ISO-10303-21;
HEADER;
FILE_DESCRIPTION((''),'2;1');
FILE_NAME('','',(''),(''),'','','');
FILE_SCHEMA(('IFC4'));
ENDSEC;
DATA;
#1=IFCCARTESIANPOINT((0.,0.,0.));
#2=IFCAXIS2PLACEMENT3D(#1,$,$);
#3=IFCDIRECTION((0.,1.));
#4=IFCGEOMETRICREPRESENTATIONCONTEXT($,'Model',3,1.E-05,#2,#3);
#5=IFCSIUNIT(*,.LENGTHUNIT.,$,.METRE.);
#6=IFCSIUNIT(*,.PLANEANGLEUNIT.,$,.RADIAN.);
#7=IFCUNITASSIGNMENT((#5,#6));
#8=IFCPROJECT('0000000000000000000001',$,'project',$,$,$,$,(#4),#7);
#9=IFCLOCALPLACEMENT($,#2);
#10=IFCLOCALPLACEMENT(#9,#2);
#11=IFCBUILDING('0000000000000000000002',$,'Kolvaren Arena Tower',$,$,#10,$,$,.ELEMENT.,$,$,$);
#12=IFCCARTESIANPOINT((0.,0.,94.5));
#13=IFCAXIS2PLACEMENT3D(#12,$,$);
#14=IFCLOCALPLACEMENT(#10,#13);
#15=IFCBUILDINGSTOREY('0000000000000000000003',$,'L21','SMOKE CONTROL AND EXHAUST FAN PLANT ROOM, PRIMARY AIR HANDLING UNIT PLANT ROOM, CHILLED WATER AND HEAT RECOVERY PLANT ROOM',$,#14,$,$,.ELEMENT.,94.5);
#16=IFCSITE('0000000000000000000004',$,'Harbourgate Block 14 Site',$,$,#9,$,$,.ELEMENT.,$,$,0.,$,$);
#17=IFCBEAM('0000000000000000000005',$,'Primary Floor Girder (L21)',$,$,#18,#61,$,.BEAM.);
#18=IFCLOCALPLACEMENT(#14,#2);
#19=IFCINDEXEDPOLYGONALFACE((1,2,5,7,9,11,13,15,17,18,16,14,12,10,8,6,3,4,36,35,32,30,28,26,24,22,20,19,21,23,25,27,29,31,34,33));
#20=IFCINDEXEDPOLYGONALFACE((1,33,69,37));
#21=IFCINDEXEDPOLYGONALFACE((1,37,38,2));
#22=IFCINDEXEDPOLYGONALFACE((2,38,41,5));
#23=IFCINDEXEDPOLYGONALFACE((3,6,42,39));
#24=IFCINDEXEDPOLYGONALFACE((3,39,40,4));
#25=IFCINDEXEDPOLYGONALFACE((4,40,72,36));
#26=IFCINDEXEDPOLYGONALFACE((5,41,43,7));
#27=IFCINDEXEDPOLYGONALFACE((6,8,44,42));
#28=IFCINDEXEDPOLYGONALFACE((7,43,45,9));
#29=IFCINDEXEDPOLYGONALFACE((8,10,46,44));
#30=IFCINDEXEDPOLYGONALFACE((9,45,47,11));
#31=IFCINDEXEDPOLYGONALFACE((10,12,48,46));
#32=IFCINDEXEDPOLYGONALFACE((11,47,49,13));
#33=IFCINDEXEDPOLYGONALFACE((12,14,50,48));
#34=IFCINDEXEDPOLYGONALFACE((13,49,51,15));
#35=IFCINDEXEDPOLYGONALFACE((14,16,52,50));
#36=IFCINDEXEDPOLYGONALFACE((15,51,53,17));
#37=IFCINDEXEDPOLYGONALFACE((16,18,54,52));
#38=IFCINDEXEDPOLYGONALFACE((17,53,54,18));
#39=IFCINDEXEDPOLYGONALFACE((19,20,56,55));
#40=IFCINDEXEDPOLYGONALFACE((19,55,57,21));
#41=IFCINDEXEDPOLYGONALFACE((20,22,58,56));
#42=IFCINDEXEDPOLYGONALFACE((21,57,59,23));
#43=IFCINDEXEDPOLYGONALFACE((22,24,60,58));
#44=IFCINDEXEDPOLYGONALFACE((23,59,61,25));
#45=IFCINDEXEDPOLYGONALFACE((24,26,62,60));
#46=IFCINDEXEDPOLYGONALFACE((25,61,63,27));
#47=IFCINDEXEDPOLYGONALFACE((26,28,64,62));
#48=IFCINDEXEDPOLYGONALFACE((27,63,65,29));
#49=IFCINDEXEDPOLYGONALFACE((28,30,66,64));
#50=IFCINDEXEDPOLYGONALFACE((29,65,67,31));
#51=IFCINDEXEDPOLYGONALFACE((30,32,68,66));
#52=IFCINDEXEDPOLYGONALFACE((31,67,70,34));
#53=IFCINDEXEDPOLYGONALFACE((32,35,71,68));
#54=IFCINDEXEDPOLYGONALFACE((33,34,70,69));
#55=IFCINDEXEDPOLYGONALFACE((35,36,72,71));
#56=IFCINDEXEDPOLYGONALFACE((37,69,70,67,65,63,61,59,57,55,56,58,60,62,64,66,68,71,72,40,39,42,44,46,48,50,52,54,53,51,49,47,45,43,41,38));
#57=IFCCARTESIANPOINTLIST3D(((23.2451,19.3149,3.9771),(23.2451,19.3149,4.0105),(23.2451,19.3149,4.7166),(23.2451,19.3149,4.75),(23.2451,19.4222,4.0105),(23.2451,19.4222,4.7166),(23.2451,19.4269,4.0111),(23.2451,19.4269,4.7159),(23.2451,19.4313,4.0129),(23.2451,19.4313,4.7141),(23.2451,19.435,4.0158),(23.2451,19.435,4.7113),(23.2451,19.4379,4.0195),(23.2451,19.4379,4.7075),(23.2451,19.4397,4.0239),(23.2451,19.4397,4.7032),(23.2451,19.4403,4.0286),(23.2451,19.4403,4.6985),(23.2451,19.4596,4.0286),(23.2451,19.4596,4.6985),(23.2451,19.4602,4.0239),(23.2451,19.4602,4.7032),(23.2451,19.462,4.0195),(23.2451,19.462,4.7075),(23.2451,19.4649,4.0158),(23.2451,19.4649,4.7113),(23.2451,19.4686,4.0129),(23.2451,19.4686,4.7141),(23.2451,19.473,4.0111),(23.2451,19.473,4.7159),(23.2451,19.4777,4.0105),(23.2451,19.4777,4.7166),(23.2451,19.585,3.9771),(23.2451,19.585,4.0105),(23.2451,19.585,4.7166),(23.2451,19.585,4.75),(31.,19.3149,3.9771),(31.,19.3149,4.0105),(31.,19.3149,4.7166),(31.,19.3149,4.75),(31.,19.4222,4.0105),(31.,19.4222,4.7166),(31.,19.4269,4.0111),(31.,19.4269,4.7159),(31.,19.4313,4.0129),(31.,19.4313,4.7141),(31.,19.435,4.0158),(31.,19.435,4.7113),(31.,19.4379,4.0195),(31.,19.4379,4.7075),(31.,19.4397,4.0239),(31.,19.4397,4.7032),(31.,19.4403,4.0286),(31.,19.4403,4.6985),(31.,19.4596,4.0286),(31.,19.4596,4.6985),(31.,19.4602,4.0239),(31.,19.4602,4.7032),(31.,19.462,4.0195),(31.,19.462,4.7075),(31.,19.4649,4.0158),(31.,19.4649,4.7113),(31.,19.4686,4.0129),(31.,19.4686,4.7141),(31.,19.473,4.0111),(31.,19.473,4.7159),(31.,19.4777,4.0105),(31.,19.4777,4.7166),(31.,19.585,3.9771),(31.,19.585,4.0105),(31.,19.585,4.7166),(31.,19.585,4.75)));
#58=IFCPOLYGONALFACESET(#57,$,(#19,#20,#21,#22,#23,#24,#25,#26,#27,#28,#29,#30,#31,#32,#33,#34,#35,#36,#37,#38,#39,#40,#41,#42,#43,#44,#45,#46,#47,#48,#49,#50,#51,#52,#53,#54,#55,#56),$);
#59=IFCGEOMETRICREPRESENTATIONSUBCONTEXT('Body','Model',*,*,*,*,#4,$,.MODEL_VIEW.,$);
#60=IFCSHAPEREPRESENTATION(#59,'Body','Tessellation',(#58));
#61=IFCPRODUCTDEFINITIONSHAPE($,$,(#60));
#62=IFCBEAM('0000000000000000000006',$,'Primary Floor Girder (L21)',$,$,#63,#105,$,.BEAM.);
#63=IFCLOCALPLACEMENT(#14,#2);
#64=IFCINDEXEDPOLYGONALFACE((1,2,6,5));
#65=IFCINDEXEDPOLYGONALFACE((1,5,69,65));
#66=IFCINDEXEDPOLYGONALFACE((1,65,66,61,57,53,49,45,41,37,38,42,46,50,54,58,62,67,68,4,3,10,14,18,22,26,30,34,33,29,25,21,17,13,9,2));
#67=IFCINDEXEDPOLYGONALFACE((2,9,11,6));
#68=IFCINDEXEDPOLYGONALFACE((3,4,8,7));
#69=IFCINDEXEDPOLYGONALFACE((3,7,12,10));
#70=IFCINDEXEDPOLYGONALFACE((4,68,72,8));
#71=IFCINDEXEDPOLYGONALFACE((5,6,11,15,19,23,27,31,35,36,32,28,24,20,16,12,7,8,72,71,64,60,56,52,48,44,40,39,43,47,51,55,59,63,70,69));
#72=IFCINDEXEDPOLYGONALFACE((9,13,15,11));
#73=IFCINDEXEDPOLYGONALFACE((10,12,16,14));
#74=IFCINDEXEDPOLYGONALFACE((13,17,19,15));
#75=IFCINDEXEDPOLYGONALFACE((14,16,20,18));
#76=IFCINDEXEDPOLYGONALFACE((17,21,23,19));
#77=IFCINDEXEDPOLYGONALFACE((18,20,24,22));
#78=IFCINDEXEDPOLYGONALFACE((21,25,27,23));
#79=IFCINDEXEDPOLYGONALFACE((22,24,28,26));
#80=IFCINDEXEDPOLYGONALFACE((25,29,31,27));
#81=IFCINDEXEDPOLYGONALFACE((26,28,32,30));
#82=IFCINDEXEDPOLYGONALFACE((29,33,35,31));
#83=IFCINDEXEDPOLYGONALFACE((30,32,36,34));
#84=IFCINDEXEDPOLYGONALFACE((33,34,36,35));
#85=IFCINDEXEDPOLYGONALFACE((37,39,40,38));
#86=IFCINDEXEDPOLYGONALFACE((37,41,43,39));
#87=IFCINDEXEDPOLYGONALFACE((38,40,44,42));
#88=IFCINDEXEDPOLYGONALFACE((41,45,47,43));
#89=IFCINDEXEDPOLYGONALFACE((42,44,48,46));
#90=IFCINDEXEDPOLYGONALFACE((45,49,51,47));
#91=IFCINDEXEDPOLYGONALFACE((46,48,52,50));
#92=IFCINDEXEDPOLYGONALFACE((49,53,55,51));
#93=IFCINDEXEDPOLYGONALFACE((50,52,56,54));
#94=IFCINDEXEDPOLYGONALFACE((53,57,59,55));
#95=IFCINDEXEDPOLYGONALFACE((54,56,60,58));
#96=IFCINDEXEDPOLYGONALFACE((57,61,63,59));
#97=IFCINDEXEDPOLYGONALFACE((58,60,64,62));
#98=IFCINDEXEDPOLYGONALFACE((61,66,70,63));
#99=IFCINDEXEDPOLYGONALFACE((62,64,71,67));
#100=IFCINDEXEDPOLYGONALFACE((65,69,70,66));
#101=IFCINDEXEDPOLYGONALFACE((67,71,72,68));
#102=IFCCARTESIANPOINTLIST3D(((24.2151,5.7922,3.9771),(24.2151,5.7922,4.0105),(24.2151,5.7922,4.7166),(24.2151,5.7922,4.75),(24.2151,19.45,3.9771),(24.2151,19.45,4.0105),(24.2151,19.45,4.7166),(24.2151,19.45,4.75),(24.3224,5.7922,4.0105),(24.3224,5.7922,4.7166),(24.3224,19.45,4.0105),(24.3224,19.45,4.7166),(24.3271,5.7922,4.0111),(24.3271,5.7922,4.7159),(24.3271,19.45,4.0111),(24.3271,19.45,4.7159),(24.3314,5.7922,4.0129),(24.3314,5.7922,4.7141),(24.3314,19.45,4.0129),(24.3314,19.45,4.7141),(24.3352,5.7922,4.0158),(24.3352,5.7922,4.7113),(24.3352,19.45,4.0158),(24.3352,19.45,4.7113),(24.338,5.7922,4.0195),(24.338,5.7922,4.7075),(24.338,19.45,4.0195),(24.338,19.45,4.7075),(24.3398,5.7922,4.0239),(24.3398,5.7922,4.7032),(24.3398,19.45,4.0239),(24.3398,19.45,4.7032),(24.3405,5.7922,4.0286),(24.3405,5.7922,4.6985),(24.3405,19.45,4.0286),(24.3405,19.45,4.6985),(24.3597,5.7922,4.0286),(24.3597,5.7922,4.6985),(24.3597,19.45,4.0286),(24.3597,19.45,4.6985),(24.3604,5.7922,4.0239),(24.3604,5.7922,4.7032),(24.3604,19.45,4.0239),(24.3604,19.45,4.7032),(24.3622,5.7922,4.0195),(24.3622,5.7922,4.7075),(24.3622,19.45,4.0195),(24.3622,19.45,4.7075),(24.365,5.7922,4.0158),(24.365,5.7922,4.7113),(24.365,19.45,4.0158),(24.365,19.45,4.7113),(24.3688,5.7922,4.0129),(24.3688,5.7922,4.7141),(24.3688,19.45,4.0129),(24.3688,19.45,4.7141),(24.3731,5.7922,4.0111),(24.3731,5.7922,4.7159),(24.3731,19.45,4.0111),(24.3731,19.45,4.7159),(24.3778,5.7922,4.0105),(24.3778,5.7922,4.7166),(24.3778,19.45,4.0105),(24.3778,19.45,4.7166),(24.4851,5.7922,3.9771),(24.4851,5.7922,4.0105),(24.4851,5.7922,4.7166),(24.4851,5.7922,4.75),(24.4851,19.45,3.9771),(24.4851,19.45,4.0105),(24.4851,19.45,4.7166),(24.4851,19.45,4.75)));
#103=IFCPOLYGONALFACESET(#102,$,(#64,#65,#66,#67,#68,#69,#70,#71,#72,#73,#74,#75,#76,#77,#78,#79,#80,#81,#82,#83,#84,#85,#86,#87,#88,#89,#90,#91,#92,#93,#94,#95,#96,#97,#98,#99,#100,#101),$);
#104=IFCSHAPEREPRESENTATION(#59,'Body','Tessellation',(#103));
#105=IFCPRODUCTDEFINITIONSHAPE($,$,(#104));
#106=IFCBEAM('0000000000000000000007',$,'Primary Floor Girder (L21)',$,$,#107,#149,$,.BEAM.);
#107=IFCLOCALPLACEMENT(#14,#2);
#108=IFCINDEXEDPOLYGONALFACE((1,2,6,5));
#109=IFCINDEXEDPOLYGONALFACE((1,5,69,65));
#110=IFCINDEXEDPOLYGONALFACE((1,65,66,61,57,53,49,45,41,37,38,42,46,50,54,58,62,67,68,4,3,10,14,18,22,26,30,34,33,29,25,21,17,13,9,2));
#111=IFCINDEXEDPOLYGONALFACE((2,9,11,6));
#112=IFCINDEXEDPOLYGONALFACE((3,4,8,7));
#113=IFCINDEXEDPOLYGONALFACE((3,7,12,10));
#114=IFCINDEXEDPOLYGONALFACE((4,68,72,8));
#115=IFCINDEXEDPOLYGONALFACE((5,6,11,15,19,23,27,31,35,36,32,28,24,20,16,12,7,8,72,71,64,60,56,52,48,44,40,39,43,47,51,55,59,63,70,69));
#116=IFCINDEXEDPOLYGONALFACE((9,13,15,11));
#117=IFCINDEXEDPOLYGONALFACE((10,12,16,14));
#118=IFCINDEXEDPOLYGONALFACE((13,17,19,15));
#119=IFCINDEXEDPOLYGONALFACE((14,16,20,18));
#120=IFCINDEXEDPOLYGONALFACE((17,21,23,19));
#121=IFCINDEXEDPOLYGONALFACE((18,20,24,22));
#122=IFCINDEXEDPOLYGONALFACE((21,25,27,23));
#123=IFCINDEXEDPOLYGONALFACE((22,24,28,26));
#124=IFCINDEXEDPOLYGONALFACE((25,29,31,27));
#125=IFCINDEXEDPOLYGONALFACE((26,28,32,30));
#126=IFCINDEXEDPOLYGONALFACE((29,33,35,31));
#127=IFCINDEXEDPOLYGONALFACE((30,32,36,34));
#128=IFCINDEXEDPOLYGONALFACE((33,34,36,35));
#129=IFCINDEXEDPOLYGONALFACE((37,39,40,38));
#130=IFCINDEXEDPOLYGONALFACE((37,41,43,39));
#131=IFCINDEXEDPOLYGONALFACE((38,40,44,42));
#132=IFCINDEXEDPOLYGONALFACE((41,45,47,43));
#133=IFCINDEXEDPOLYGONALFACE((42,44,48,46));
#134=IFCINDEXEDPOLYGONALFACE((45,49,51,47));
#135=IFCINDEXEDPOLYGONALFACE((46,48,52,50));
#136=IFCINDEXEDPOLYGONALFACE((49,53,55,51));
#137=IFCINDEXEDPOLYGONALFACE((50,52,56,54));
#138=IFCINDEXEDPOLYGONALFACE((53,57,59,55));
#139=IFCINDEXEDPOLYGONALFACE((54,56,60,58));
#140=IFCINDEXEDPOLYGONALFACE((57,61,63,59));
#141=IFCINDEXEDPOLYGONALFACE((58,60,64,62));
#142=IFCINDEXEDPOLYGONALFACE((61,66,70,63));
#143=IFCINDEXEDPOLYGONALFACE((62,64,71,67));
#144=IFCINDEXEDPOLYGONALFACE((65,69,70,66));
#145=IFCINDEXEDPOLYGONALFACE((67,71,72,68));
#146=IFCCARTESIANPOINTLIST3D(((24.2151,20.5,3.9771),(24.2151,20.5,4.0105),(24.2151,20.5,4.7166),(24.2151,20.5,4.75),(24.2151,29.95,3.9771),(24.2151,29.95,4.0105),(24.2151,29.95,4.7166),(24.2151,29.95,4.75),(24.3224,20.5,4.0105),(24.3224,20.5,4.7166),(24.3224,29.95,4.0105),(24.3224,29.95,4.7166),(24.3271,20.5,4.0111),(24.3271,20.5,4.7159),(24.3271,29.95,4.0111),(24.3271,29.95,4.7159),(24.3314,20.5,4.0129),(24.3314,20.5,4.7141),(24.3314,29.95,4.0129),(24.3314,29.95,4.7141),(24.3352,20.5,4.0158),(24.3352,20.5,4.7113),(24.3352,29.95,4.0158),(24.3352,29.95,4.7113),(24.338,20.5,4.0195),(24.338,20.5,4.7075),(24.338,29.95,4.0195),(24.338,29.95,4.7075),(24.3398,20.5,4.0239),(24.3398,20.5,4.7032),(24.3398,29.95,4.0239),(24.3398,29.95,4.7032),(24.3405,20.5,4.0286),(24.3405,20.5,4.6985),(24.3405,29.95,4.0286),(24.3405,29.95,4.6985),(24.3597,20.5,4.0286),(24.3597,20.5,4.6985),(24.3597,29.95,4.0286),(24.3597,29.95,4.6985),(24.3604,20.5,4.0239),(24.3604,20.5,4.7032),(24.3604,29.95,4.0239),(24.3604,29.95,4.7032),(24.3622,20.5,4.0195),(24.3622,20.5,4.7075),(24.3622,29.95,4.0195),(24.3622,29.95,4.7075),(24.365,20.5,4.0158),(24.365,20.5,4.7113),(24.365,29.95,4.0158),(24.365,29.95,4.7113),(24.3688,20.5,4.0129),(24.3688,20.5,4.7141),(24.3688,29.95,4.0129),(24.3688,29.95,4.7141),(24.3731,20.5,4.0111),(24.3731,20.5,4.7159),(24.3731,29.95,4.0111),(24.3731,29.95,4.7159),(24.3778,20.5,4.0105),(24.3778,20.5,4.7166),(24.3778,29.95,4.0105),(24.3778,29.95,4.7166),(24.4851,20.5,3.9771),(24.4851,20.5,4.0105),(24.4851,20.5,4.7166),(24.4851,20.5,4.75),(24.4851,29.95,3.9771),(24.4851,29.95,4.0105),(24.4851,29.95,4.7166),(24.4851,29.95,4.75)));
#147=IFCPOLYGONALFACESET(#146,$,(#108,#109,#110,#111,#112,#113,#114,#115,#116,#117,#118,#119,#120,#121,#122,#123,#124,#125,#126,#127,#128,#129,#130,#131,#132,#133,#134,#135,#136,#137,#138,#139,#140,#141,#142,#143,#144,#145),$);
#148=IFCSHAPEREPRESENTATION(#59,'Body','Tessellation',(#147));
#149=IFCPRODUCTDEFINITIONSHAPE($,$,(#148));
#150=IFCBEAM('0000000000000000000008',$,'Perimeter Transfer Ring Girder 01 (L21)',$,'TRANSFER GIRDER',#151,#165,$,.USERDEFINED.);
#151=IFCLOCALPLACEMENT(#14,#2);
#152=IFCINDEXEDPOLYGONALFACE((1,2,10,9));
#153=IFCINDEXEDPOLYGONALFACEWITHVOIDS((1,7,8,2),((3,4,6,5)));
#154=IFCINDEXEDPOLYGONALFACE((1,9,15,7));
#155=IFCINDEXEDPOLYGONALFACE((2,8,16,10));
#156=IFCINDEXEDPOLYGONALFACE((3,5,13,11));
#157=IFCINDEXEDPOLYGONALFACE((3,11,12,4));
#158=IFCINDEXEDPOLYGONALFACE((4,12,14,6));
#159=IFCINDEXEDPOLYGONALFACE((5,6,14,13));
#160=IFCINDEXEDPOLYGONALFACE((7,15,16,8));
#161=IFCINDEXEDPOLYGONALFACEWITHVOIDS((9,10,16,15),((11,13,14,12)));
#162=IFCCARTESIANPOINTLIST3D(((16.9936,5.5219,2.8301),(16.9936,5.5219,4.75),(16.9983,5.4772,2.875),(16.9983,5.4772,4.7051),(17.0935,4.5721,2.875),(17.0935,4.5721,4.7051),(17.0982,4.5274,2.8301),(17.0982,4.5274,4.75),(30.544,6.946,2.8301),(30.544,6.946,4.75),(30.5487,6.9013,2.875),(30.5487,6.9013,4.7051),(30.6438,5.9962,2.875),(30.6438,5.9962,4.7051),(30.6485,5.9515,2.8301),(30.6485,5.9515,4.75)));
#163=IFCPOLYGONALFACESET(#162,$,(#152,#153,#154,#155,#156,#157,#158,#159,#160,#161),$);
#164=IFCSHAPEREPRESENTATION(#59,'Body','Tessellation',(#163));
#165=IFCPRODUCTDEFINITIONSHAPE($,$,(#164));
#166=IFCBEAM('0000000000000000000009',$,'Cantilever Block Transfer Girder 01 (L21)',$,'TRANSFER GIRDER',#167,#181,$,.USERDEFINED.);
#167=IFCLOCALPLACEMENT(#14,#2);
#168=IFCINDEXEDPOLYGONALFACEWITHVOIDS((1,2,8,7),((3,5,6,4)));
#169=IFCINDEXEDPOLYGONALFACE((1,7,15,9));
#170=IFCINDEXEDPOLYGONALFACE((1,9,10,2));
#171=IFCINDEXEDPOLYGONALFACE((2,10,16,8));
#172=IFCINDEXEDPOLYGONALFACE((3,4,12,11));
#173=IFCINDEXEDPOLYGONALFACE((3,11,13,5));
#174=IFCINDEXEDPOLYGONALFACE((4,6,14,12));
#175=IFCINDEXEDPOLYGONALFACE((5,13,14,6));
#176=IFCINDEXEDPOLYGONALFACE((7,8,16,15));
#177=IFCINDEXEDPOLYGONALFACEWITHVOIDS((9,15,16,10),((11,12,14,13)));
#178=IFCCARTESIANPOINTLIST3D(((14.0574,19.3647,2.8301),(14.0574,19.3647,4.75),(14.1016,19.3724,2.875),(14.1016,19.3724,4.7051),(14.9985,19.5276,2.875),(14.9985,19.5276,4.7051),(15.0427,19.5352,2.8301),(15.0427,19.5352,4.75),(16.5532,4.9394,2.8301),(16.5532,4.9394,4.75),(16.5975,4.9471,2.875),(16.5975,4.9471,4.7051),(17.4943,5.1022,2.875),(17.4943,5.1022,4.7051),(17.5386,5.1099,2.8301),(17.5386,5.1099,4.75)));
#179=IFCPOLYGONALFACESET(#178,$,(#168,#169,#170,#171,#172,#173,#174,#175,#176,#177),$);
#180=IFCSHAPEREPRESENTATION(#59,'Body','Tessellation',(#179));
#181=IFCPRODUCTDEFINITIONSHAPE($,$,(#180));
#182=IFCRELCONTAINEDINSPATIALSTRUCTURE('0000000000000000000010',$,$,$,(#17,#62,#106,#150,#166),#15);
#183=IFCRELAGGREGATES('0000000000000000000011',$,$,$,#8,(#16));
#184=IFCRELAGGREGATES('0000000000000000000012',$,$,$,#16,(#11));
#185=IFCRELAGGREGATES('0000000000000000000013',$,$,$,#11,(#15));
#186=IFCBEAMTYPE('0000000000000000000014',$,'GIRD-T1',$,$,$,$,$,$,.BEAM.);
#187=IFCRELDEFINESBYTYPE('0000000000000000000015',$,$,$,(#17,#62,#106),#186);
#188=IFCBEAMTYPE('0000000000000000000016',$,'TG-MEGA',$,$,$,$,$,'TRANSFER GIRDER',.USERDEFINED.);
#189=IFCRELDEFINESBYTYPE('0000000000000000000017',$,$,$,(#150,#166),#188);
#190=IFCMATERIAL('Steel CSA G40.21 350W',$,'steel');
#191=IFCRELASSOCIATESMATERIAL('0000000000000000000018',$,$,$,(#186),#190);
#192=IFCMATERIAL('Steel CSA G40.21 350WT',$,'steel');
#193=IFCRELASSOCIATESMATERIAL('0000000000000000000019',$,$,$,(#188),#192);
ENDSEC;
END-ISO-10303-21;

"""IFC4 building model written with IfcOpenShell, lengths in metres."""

from ifc_helpers import new_model, si_unit, direction, frame, origin, origin_2d, place, context, subcontext, project, spatial, hollow_rectangle, i_section, extrude, material, material_profile, profile_set, type_object, element, save


model = new_model("IFC4")

# Units and contexts
model_context = context("Model", 3, precision=1e-05, world=origin(), true_north=direction((0.0, 1.0)))
body_context = subcontext(model_context, "Body", "Model", "MODEL_VIEW")
ifc_project = project(units=[si_unit("LENGTHUNIT", "METRE"), si_unit("PLANEANGLEUNIT", "RADIAN")], contexts=[model_context])

# Site, building, storey
site_placement = place(None, origin())
site = spatial("IfcSite", under=ifc_project, at=site_placement, Name="Harbourgate Block 14 Site", CompositionType="ELEMENT", RefElevation=0.0)
building_placement = place(site_placement, origin())
building = spatial("IfcBuilding", under=site, at=building_placement, Name="Kolvaren Arena Tower", CompositionType="ELEMENT")
storey_placement = place(building_placement, frame((0.0, 0.0, 94.5)))
storey = spatial("IfcBuildingStorey", under=building, at=storey_placement, Name="L21", Description="SMOKE CONTROL AND EXHAUST FAN PLANT ROOM, PRIMARY AIR HANDLING UNIT PLANT ROOM, CHILLED WATER AND HEAT RECOVERY PLANT ROOM", CompositionType="ELEMENT", Elevation=94.5)

# Beams
ifc_material_1 = material(Name="Steel CSA G40.21 350W", Category="steel")
ifc_material_profile_1 = material_profile(ifc_material_1, i_section(OverallWidth=0.27, OverallDepth=0.7729, WebThickness=0.0193, FlangeThickness=0.0334, FilletRadius=0.0181, at=origin_2d()), Name="W760x257")
ifc_profile_set_1 = profile_set([ifc_material_profile_1], Name="Steel CSA G40.21 350W")
beam_type_1 = type_object("IfcBeamType", Name="GIRD-T1", PredefinedType="BEAM", material=ifc_profile_set_1)
beam_1_placement = place(storey_placement, frame((23.2451, 19.45, 4.3635), z_axis=(1.0, 0.0, 0.0), x_axis=(0.0, 1.0, 0.0)))
element("IfcBeam", 1, at=beam_1_placement, inside=storey, type_object=beam_type_1, Name="Primary Floor Girder (L21)", PredefinedType="BEAM", context=body_context, shape_type="SweptSolid", body=[
    extrude(i_section(OverallWidth=0.27, OverallDepth=0.7729, WebThickness=0.0193, FlangeThickness=0.0334, FilletRadius=0.0181, at=origin_2d()), origin(), (0.0, 0.0, 1.0), 7.7549),
])
beam_2_placement = place(storey_placement, frame((24.3501, 5.7922, 4.3635), z_axis=(0.0, 1.0, 0.0), x_axis=(-1.0, 0.0, 0.0)))
element("IfcBeam", 2, at=beam_2_placement, inside=storey, type_object=beam_type_1, Name="Primary Floor Girder (L21)", PredefinedType="BEAM", context=body_context, shape_type="SweptSolid", body=[
    extrude(i_section(OverallWidth=0.27, OverallDepth=0.7729, WebThickness=0.0193, FlangeThickness=0.0334, FilletRadius=0.0181, at=origin_2d()), origin(), (0.0, 0.0, 1.0), 13.6577),
])
beam_3_placement = place(storey_placement, frame((24.3501, 20.5, 4.3635), z_axis=(0.0, 1.0, 0.0), x_axis=(-1.0, 0.0, 0.0)))
element("IfcBeam", 3, at=beam_3_placement, inside=storey, type_object=beam_type_1, Name="Primary Floor Girder (L21)", PredefinedType="BEAM", context=body_context, shape_type="SweptSolid", body=[
    extrude(i_section(OverallWidth=0.27, OverallDepth=0.7729, WebThickness=0.0193, FlangeThickness=0.0334, FilletRadius=0.0181, at=origin_2d()), origin(), (0.0, 0.0, 1.0), 9.45),
])
ifc_material_2 = material(Name="Steel CSA G40.21 350WT", Category="steel")
ifc_material_profile_2 = material_profile(ifc_material_2, hollow_rectangle(XDim=1.0, YDim=1.9199, WallThickness=0.0449, at=origin_2d()), Name="BOX 1000x1920x45")
ifc_profile_set_2 = profile_set([ifc_material_profile_2], Name="Steel CSA G40.21 350WT")
beam_type_2 = type_object("IfcBeamType", Name="TG-MEGA", ElementType="TRANSFER GIRDER", PredefinedType="USERDEFINED", material=ifc_profile_set_2)
beam_4_placement = place(storey_placement, frame((17.0459, 5.0247, 3.79), z_axis=(0.994523, 0.10452, 0.0), x_axis=(-0.10452, 0.994523, 0.0)))
element("IfcBeam", 4, at=beam_4_placement, inside=storey, type_object=beam_type_2, Name="Perimeter Transfer Ring Girder 01 (L21)", ObjectType="TRANSFER GIRDER", PredefinedType="USERDEFINED", context=body_context, shape_type="SweptSolid", body=[
    extrude(hollow_rectangle(XDim=1.0, YDim=1.9199, WallThickness=0.0449, at=origin_2d()), origin(), (0.0, 0.0, 1.0), 13.625),
])
beam_5_placement = place(storey_placement, frame((17.0459, 5.0247, 3.79), z_axis=(-0.170486, 0.98536, 0.0), x_axis=(-0.98536, -0.170486, 0.0)))
element("IfcBeam", 5, at=beam_5_placement, inside=storey, type_object=beam_type_2, Name="Cantilever Block Transfer Girder 01 (L21)", ObjectType="TRANSFER GIRDER", PredefinedType="USERDEFINED", context=body_context, shape_type="SweptSolid", body=[
    extrude(hollow_rectangle(XDim=1.0, YDim=1.9199, WallThickness=0.0449, at=origin_2d()), origin(), (0.0, 0.0, 1.0), 14.6396),
])

save(model, "model.ifc")
